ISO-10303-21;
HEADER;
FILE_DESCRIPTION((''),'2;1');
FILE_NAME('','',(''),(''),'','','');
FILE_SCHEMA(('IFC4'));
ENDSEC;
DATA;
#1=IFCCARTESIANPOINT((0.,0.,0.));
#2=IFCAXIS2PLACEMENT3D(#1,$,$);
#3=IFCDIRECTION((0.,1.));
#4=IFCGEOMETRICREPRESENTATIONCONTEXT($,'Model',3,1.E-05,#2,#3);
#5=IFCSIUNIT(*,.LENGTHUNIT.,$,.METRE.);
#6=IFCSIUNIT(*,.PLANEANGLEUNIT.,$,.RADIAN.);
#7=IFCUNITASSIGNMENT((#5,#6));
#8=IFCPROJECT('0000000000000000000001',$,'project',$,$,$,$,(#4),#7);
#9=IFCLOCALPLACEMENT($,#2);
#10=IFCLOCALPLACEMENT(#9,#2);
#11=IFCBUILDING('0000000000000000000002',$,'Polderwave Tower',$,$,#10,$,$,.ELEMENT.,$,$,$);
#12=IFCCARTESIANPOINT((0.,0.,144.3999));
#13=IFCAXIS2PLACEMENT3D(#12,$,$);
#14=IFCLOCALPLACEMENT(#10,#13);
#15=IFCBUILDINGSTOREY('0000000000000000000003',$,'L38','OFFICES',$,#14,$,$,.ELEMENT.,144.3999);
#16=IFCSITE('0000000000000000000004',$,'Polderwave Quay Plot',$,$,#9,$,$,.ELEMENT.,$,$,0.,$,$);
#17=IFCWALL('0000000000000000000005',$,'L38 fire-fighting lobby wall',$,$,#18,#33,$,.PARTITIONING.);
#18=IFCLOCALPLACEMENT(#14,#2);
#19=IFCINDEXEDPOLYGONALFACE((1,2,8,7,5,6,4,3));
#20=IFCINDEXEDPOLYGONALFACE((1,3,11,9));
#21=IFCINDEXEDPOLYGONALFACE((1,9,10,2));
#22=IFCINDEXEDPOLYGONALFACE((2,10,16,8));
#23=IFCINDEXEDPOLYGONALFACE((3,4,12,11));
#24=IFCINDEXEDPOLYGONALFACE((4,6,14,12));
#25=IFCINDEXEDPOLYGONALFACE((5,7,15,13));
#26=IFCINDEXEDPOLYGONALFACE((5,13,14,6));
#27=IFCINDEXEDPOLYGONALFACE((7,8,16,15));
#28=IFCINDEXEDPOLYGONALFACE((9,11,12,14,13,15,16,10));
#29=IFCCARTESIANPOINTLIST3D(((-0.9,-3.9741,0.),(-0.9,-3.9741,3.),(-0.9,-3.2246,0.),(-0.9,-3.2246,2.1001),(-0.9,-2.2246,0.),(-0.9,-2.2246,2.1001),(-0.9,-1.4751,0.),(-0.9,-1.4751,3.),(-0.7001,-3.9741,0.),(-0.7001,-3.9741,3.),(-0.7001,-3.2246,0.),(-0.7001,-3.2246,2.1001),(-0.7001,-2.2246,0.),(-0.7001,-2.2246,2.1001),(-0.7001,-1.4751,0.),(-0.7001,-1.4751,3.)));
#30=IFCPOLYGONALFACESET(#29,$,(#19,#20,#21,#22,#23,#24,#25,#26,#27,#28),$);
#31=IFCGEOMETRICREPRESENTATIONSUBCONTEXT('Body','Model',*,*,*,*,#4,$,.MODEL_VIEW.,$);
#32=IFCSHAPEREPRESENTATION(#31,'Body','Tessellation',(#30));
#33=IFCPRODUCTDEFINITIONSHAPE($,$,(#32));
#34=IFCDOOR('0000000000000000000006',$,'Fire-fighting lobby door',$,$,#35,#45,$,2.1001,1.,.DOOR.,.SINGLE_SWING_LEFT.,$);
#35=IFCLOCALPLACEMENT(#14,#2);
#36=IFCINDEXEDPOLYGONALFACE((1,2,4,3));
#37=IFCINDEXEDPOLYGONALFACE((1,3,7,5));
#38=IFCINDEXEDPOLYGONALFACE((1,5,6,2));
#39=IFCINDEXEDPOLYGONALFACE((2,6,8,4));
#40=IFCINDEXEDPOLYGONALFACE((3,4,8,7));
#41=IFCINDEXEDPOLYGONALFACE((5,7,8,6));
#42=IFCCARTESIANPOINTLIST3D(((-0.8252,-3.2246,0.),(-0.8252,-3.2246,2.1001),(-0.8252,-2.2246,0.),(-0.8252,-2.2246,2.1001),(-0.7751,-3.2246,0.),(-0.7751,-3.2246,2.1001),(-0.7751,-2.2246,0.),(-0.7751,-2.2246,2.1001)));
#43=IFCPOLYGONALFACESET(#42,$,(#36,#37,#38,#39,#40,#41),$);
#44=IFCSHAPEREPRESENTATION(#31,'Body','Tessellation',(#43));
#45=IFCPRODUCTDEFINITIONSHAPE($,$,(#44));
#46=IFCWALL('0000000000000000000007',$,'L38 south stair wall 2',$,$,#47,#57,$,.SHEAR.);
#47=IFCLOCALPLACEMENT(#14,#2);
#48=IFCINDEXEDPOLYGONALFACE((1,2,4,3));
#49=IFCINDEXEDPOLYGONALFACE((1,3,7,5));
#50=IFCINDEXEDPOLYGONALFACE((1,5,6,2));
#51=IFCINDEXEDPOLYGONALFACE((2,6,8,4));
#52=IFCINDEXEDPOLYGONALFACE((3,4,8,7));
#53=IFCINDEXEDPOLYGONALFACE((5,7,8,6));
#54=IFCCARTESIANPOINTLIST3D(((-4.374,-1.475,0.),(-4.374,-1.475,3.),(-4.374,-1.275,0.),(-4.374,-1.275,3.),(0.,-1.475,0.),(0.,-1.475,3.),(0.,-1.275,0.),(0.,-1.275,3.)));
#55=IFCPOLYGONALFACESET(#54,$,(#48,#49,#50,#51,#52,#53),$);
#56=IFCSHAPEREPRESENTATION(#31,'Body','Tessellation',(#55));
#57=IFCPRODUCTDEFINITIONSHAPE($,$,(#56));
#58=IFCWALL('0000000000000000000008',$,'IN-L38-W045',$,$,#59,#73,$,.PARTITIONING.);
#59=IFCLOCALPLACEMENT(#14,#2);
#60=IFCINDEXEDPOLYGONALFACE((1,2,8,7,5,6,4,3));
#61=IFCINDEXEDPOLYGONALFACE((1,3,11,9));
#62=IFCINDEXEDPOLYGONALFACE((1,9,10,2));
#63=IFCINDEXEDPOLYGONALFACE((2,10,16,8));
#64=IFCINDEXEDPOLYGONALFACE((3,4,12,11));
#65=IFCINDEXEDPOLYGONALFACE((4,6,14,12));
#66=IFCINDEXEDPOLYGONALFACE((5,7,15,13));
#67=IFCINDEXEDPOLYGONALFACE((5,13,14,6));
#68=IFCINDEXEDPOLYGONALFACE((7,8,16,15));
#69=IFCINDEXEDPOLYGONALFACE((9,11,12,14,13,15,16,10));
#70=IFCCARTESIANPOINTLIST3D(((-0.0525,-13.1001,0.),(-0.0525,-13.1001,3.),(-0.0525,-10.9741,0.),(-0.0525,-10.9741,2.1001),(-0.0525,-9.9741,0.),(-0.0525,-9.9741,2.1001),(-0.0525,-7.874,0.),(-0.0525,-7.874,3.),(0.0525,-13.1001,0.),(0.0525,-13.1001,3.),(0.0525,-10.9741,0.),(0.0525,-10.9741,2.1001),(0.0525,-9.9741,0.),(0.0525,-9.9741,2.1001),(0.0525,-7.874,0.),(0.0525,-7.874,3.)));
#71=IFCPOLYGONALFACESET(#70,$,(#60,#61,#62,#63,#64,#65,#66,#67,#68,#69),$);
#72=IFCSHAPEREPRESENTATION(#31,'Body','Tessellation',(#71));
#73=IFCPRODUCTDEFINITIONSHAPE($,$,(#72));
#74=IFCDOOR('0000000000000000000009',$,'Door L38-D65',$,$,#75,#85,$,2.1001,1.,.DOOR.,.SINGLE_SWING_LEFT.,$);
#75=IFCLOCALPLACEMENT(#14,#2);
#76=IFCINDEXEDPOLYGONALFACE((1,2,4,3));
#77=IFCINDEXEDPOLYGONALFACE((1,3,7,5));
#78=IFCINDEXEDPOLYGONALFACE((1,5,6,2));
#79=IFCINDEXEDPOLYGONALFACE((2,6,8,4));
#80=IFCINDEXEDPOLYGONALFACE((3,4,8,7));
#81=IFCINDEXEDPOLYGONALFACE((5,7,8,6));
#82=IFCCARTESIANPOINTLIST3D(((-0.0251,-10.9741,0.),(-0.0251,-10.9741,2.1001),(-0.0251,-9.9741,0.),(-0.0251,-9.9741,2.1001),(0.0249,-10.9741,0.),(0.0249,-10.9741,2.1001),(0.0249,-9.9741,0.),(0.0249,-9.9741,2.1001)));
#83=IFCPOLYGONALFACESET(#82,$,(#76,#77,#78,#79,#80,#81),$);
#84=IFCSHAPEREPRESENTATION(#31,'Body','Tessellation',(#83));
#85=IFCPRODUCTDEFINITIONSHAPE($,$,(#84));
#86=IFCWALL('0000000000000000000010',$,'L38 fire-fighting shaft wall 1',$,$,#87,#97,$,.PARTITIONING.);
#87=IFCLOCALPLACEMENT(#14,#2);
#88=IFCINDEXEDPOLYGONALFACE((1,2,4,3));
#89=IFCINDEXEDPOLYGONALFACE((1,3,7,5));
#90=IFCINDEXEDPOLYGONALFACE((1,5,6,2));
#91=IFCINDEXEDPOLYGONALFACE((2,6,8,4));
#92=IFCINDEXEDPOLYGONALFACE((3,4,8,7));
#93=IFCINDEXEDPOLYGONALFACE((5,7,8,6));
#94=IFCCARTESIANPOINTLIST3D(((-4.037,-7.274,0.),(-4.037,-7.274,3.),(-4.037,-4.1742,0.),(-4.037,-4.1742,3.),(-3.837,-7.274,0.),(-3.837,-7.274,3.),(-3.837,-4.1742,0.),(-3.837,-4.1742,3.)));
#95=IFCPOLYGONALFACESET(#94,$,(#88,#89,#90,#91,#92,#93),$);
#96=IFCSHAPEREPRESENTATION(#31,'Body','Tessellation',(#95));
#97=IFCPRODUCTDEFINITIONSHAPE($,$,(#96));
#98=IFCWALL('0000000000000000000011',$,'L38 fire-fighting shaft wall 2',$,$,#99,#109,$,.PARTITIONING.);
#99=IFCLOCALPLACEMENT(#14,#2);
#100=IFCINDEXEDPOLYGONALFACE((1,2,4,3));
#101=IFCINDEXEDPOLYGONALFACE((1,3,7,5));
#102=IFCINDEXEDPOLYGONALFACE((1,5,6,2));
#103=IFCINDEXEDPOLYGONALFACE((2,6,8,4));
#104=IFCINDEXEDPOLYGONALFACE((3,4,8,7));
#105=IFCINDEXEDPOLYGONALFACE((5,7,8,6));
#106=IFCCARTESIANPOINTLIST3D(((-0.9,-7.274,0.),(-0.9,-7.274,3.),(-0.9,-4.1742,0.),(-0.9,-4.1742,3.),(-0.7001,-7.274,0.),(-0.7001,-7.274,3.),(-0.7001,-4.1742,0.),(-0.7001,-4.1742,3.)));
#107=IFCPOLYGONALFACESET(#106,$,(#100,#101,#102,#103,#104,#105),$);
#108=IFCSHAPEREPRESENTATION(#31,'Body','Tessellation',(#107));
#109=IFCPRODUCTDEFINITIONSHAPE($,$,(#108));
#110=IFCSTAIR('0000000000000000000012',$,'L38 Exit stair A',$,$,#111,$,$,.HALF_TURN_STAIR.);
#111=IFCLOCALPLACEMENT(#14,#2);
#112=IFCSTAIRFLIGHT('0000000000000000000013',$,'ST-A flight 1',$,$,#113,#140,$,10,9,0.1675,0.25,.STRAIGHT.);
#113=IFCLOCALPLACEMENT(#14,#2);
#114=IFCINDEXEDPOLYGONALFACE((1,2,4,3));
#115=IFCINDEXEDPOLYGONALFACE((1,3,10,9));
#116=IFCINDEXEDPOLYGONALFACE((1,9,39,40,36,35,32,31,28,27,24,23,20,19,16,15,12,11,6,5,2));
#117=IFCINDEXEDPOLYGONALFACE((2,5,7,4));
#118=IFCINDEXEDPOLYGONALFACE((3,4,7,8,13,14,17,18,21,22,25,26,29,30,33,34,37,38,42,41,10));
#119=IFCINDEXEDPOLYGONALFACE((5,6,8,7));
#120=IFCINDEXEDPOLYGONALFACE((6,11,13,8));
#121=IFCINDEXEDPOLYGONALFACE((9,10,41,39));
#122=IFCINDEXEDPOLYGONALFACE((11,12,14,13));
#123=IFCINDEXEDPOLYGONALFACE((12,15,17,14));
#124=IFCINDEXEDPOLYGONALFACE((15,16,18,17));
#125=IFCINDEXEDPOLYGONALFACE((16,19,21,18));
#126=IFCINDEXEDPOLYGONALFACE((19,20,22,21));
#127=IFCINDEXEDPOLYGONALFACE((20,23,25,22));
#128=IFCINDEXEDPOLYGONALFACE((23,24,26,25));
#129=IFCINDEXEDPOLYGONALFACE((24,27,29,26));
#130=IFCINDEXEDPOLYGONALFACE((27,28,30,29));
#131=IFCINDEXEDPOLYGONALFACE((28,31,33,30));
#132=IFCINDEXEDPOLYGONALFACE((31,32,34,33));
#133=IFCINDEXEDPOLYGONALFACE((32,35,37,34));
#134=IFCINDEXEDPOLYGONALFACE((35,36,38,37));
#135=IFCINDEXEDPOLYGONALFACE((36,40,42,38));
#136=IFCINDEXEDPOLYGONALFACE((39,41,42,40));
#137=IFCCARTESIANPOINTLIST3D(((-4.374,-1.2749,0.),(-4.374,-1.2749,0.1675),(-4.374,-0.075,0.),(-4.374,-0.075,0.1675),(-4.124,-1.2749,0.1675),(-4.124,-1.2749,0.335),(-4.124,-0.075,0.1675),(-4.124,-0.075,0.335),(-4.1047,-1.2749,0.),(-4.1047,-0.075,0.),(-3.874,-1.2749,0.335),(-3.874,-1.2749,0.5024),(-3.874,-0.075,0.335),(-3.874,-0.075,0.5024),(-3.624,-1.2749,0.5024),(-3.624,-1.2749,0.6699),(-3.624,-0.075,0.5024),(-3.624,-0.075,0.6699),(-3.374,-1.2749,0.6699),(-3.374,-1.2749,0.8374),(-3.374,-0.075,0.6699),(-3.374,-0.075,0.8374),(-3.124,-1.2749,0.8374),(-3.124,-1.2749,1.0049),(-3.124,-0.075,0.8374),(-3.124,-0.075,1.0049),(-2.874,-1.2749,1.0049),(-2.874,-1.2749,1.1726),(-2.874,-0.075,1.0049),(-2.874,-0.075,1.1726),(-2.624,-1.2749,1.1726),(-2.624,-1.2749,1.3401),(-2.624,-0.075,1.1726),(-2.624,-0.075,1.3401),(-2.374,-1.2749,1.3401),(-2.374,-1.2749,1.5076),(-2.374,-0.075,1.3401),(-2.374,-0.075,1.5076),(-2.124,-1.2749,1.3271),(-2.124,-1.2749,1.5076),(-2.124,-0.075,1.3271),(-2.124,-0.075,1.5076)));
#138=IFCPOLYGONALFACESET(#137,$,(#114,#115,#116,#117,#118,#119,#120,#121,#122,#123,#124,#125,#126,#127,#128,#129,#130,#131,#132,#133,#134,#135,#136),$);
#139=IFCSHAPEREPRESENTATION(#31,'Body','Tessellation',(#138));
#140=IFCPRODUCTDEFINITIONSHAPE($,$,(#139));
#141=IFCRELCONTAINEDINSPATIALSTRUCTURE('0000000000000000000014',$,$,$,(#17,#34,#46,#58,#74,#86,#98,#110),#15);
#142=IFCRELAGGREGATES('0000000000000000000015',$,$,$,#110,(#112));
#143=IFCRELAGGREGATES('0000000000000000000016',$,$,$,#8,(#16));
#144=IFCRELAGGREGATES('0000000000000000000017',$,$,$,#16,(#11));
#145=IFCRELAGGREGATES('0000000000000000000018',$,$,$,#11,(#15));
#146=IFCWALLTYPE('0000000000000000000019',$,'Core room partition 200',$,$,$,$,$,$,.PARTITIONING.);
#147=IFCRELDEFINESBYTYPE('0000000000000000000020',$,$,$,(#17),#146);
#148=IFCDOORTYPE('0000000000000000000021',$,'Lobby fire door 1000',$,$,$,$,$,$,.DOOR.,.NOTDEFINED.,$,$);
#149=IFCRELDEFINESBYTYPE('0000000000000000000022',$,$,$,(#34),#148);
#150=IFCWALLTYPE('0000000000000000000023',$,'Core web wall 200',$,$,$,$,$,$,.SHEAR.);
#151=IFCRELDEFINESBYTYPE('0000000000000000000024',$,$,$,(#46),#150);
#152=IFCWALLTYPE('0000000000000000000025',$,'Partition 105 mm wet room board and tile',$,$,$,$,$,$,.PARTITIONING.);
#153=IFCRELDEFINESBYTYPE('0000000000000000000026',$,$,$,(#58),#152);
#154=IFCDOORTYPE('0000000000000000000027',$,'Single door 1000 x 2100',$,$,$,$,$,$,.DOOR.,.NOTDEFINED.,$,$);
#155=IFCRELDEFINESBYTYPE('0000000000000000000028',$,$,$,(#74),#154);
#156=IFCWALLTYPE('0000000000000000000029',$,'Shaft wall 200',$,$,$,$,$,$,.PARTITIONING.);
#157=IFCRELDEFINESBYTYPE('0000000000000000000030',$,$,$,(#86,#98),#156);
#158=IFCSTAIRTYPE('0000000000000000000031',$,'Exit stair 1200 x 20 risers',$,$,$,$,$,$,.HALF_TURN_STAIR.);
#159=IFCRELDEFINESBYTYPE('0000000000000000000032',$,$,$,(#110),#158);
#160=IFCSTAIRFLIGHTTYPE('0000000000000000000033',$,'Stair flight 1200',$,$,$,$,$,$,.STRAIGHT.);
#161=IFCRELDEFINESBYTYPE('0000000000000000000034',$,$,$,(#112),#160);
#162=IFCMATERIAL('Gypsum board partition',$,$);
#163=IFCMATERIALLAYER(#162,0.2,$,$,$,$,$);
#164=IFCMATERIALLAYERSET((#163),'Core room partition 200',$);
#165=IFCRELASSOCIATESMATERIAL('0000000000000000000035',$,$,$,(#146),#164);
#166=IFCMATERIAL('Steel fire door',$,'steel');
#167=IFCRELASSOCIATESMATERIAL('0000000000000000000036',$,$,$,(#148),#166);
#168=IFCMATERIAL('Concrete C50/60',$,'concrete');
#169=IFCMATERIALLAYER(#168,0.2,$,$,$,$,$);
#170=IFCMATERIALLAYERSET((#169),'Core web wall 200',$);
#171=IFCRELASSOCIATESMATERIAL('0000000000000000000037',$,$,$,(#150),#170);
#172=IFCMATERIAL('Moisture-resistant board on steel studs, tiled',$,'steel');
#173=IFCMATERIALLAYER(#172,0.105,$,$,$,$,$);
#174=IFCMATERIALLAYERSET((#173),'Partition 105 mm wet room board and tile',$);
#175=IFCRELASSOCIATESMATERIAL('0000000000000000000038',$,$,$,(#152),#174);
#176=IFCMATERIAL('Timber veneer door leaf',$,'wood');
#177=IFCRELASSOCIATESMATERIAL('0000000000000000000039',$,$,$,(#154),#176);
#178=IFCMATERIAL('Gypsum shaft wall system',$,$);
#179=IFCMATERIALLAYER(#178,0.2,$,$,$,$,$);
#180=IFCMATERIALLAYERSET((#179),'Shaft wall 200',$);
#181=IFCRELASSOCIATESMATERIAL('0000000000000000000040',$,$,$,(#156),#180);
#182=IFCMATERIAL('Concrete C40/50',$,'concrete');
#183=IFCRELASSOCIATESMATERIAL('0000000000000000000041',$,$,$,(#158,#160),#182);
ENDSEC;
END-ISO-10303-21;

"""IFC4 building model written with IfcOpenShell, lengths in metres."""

from ifc_helpers import new_model, si_unit, direction, frame, frame_2d, origin, place, context, subcontext, project, spatial, polyline, rectangle, outline, extrude, material, layer, layer_set, type_object, element, fill, aggregate, save


model = new_model("IFC4")

# Units and contexts
model_context = context("Model", 3, precision=1e-05, world=origin(), true_north=direction((0.0, 1.0)))
body_context = subcontext(model_context, "Body", "Model", "MODEL_VIEW")
ifc_project = project(units=[si_unit("LENGTHUNIT", "METRE"), si_unit("PLANEANGLEUNIT", "RADIAN")], contexts=[model_context])

# Site, building, storey
site_placement = place(None, origin())
site = spatial("IfcSite", under=ifc_project, at=site_placement, Name="Polderwave Quay Plot", CompositionType="ELEMENT", RefElevation=0.0)
building_placement = place(site_placement, origin())
building = spatial("IfcBuilding", under=site, at=building_placement, Name="Polderwave Tower", CompositionType="ELEMENT")
storey_placement = place(building_placement, frame((0.0, 0.0, 144.3999)))
storey = spatial("IfcBuildingStorey", under=building, at=storey_placement, Name="L38", Description="OFFICES", CompositionType="ELEMENT", Elevation=144.3999)

# Wall, opening, door
ifc_material_1 = material(Name="Gypsum board partition")
ifc_layer_1 = layer(ifc_material_1, 0.2)
ifc_layer_set_1 = layer_set([ifc_layer_1], Name="Core room partition 200")
wall_type_1 = type_object("IfcWallType", Name="Core room partition 200", PredefinedType="PARTITIONING", material=ifc_layer_set_1)
wall_1_placement = place(storey_placement, frame((-0.8, -3.9741, 0.0), z_axis=(0.0, 0.0, 1.0), x_axis=(0.0, 1.0, 0.0)))
wall_1 = element("IfcWall", 1, at=wall_1_placement, inside=storey, type_object=wall_type_1, Name="L38 fire-fighting lobby wall", PredefinedType="PARTITIONING", context=body_context, shape_type="SweptSolid", body=[
    extrude(rectangle(XDim=2.499, YDim=0.2, at=frame_2d((1.2495, 0.0))), origin(), (0.0, 0.0, 1.0), 3.0),
])
opening_1_placement = place(wall_1_placement, frame((0.7495, 0.0, 0.0)))
opening_1 = element("IfcOpeningElement", 2, at=opening_1_placement, cuts=wall_1, PredefinedType="OPENING", context=body_context, shape_type="SweptSolid", body=[
    extrude(rectangle(XDim=1.0, YDim=2.1001, at=frame_2d((0.5, 1.05))), frame((0.0, 0.1099, 0.0), z_axis=(0.0, -1.0, 0.0), x_axis=(1.0, 0.0, 0.0)), (0.0, 0.0, 1.0), 0.22),
])
ifc_material_2 = material(Name="Steel fire door", Category="steel")
door_type_1 = type_object("IfcDoorType", Name="Lobby fire door 1000", OperationType="NOTDEFINED", PredefinedType="DOOR", material=ifc_material_2)
door_1_placement = place(opening_1_placement, frame((1.0, 0.0, 0.0), z_axis=(0.0, 0.0, 1.0), x_axis=(-1.0, 0.0, 0.0)))
door_1 = element("IfcDoor", 3, at=door_1_placement, inside=storey, type_object=door_type_1, Name="Fire-fighting lobby door", OperationType="SINGLE_SWING_LEFT", OverallHeight=2.1001, OverallWidth=1.0, PredefinedType="DOOR", context=body_context, shape_type="SweptSolid", body=[
    extrude(rectangle(XDim=1.0, YDim=2.1001, at=frame_2d((0.5, 1.05))), frame((0.0, 0.0249, 0.0), z_axis=(0.0, -1.0, 0.0), x_axis=(1.0, 0.0, 0.0)), (0.0, 0.0, 1.0), 0.05),
])
fill(opening_1, door_1)

# Wall
ifc_material_3 = material(Name="Concrete C50/60", Category="concrete")
ifc_layer_2 = layer(ifc_material_3, 0.2)
ifc_layer_set_2 = layer_set([ifc_layer_2], Name="Core web wall 200")
wall_type_2 = type_object("IfcWallType", Name="Core web wall 200", PredefinedType="SHEAR", material=ifc_layer_set_2)
wall_2_placement = place(storey_placement, frame((-4.374, -1.375, 0.0), z_axis=(0.0, 0.0, 1.0), x_axis=(1.0, 0.0, 0.0)))
element("IfcWall", 4, at=wall_2_placement, inside=storey, type_object=wall_type_2, Name="L38 south stair wall 2", PredefinedType="SHEAR", context=body_context, shape_type="SweptSolid", body=[
    extrude(rectangle(XDim=4.374, YDim=0.2, at=frame_2d((2.187, 0.0))), origin(), (0.0, 0.0, 1.0), 3.0),
])

# Wall, opening, door
ifc_material_4 = material(Name="Moisture-resistant board on steel studs, tiled", Category="steel")
ifc_layer_3 = layer(ifc_material_4, 0.105)
ifc_layer_set_3 = layer_set([ifc_layer_3], Name="Partition 105 mm wet room board and tile")
wall_type_3 = type_object("IfcWallType", Name="Partition 105 mm wet room board and tile", PredefinedType="PARTITIONING", material=ifc_layer_set_3)
wall_3_placement = place(storey_placement, frame((0.0, -7.874, 0.0), z_axis=(0.0, 0.0, 1.0), x_axis=(0.0, -1.0, 0.0)))
wall_3 = element("IfcWall", 5, at=wall_3_placement, inside=storey, type_object=wall_type_3, Name="IN-L38-W045", PredefinedType="PARTITIONING", context=body_context, shape_type="SweptSolid", body=[
    extrude(rectangle(XDim=5.2261, YDim=0.105, at=frame_2d((2.613, 0.0))), origin(), (0.0, 0.0, 1.0), 3.0),
])
opening_2_placement = place(wall_3_placement, frame((2.1001, 0.0, 0.0)))
opening_2 = element("IfcOpeningElement", 6, at=opening_2_placement, cuts=wall_3, PredefinedType="OPENING", context=body_context, shape_type="SweptSolid", body=[
    extrude(rectangle(XDim=1.0, YDim=2.1001, at=frame_2d((0.5, 1.05))), frame((0.0, 0.0625, 0.0), z_axis=(0.0, -1.0, 0.0), x_axis=(1.0, 0.0, 0.0)), (0.0, 0.0, 1.0), 0.125),
])
ifc_material_5 = material(Name="Timber veneer door leaf", Category="wood")
door_type_2 = type_object("IfcDoorType", Name="Single door 1000 x 2100", OperationType="NOTDEFINED", PredefinedType="DOOR", material=ifc_material_5)
door_2_placement = place(opening_2_placement, origin())
door_2 = element("IfcDoor", 7, at=door_2_placement, inside=storey, type_object=door_type_2, Name="Door L38-D65", OperationType="SINGLE_SWING_LEFT", OverallHeight=2.1001, OverallWidth=1.0, PredefinedType="DOOR", context=body_context, shape_type="SweptSolid", body=[
    extrude(rectangle(XDim=1.0, YDim=2.1001, at=frame_2d((0.5, 1.05))), frame((0.0, 0.0249, 0.0), z_axis=(0.0, -1.0, 0.0), x_axis=(1.0, 0.0, 0.0)), (0.0, 0.0, 1.0), 0.05),
])
fill(opening_2, door_2)

# Walls
ifc_material_6 = material(Name="Gypsum shaft wall system")
ifc_layer_4 = layer(ifc_material_6, 0.2)
ifc_layer_set_4 = layer_set([ifc_layer_4], Name="Shaft wall 200")
wall_type_4 = type_object("IfcWallType", Name="Shaft wall 200", PredefinedType="PARTITIONING", material=ifc_layer_set_4)
for number, where, z_axis, x_axis, name in (
    (8, (-3.937, -7.2739, 0.0), (0.0, 0.0, 1.0), (0.0, 1.0, 0.0), "L38 fire-fighting shaft wall 1"),
    (9, (-0.8, -7.2739, 0.0), (0.0, 0.0, 1.0), (0.0, 1.0, 0.0), "L38 fire-fighting shaft wall 2"),
):
    element("IfcWall", number, at=place(storey_placement, frame(where, z_axis=z_axis, x_axis=x_axis)), inside=storey, type_object=wall_type_4, Name=name, PredefinedType="PARTITIONING", context=body_context, shape_type="SweptSolid", body=[
        extrude(rectangle(XDim=3.0999, YDim=0.2, at=frame_2d((1.5498, 0.0))), origin(), (0.0, 0.0, 1.0), 3.0),
    ])

# Stair, stair flight
ifc_material_7 = material(Name="Concrete C40/50", Category="concrete")
stair_type = type_object("IfcStairType", Name="Exit stair 1200 x 20 risers", PredefinedType="HALF_TURN_STAIR", material=ifc_material_7)
stair_placement = place(storey_placement, origin())
stair = element("IfcStair", 10, at=stair_placement, inside=storey, type_object=stair_type, Name="L38 Exit stair A", PredefinedType="HALF_TURN_STAIR")
stair_flight_type = type_object("IfcStairFlightType", Name="Stair flight 1200", PredefinedType="STRAIGHT", material=ifc_material_7)
stair_flight_placement = place(storey_placement, frame((-4.374, -0.675, 0.0), z_axis=(0.0, 0.0, 1.0), x_axis=(1.0, 0.0, 0.0)))
stair_flight = element("IfcStairFlight", 11, at=stair_flight_placement, type_object=stair_flight_type, Name="ST-A flight 1", NumberOfRisers=10, NumberOfTreads=9, PredefinedType="STRAIGHT", RiserHeight=0.1675, TreadLength=0.25, context=body_context, shape_type="SweptSolid", body=[
    extrude(outline(polyline([(0.0, 0.0), (0.0, 0.1675), (0.25, 0.1675), (0.25, 0.335), (0.5, 0.335), (0.5, 0.5024), (0.75, 0.5024), (0.75, 0.6699), (1.0, 0.6699), (1.0, 0.8374), (1.25, 0.8374), (1.25, 1.0049), (1.5, 1.0049), (1.5, 1.1726), (1.75, 1.1726), (1.75, 1.3401), (2.0, 1.3401), (2.0, 1.5076), (2.25, 1.5076), (2.25, 1.675), (2.25, 1.3271), (0.2693, 0.0), (0.0, 0.0)])), frame((0.0, 0.6001, 0.0), z_axis=(0.0, -1.0, 0.0), x_axis=(1.0, 0.0, 0.0)), (0.0, 0.0, 1.0), 1.2),
])
aggregate(stair, [stair_flight])

save(model, "model.ifc")
